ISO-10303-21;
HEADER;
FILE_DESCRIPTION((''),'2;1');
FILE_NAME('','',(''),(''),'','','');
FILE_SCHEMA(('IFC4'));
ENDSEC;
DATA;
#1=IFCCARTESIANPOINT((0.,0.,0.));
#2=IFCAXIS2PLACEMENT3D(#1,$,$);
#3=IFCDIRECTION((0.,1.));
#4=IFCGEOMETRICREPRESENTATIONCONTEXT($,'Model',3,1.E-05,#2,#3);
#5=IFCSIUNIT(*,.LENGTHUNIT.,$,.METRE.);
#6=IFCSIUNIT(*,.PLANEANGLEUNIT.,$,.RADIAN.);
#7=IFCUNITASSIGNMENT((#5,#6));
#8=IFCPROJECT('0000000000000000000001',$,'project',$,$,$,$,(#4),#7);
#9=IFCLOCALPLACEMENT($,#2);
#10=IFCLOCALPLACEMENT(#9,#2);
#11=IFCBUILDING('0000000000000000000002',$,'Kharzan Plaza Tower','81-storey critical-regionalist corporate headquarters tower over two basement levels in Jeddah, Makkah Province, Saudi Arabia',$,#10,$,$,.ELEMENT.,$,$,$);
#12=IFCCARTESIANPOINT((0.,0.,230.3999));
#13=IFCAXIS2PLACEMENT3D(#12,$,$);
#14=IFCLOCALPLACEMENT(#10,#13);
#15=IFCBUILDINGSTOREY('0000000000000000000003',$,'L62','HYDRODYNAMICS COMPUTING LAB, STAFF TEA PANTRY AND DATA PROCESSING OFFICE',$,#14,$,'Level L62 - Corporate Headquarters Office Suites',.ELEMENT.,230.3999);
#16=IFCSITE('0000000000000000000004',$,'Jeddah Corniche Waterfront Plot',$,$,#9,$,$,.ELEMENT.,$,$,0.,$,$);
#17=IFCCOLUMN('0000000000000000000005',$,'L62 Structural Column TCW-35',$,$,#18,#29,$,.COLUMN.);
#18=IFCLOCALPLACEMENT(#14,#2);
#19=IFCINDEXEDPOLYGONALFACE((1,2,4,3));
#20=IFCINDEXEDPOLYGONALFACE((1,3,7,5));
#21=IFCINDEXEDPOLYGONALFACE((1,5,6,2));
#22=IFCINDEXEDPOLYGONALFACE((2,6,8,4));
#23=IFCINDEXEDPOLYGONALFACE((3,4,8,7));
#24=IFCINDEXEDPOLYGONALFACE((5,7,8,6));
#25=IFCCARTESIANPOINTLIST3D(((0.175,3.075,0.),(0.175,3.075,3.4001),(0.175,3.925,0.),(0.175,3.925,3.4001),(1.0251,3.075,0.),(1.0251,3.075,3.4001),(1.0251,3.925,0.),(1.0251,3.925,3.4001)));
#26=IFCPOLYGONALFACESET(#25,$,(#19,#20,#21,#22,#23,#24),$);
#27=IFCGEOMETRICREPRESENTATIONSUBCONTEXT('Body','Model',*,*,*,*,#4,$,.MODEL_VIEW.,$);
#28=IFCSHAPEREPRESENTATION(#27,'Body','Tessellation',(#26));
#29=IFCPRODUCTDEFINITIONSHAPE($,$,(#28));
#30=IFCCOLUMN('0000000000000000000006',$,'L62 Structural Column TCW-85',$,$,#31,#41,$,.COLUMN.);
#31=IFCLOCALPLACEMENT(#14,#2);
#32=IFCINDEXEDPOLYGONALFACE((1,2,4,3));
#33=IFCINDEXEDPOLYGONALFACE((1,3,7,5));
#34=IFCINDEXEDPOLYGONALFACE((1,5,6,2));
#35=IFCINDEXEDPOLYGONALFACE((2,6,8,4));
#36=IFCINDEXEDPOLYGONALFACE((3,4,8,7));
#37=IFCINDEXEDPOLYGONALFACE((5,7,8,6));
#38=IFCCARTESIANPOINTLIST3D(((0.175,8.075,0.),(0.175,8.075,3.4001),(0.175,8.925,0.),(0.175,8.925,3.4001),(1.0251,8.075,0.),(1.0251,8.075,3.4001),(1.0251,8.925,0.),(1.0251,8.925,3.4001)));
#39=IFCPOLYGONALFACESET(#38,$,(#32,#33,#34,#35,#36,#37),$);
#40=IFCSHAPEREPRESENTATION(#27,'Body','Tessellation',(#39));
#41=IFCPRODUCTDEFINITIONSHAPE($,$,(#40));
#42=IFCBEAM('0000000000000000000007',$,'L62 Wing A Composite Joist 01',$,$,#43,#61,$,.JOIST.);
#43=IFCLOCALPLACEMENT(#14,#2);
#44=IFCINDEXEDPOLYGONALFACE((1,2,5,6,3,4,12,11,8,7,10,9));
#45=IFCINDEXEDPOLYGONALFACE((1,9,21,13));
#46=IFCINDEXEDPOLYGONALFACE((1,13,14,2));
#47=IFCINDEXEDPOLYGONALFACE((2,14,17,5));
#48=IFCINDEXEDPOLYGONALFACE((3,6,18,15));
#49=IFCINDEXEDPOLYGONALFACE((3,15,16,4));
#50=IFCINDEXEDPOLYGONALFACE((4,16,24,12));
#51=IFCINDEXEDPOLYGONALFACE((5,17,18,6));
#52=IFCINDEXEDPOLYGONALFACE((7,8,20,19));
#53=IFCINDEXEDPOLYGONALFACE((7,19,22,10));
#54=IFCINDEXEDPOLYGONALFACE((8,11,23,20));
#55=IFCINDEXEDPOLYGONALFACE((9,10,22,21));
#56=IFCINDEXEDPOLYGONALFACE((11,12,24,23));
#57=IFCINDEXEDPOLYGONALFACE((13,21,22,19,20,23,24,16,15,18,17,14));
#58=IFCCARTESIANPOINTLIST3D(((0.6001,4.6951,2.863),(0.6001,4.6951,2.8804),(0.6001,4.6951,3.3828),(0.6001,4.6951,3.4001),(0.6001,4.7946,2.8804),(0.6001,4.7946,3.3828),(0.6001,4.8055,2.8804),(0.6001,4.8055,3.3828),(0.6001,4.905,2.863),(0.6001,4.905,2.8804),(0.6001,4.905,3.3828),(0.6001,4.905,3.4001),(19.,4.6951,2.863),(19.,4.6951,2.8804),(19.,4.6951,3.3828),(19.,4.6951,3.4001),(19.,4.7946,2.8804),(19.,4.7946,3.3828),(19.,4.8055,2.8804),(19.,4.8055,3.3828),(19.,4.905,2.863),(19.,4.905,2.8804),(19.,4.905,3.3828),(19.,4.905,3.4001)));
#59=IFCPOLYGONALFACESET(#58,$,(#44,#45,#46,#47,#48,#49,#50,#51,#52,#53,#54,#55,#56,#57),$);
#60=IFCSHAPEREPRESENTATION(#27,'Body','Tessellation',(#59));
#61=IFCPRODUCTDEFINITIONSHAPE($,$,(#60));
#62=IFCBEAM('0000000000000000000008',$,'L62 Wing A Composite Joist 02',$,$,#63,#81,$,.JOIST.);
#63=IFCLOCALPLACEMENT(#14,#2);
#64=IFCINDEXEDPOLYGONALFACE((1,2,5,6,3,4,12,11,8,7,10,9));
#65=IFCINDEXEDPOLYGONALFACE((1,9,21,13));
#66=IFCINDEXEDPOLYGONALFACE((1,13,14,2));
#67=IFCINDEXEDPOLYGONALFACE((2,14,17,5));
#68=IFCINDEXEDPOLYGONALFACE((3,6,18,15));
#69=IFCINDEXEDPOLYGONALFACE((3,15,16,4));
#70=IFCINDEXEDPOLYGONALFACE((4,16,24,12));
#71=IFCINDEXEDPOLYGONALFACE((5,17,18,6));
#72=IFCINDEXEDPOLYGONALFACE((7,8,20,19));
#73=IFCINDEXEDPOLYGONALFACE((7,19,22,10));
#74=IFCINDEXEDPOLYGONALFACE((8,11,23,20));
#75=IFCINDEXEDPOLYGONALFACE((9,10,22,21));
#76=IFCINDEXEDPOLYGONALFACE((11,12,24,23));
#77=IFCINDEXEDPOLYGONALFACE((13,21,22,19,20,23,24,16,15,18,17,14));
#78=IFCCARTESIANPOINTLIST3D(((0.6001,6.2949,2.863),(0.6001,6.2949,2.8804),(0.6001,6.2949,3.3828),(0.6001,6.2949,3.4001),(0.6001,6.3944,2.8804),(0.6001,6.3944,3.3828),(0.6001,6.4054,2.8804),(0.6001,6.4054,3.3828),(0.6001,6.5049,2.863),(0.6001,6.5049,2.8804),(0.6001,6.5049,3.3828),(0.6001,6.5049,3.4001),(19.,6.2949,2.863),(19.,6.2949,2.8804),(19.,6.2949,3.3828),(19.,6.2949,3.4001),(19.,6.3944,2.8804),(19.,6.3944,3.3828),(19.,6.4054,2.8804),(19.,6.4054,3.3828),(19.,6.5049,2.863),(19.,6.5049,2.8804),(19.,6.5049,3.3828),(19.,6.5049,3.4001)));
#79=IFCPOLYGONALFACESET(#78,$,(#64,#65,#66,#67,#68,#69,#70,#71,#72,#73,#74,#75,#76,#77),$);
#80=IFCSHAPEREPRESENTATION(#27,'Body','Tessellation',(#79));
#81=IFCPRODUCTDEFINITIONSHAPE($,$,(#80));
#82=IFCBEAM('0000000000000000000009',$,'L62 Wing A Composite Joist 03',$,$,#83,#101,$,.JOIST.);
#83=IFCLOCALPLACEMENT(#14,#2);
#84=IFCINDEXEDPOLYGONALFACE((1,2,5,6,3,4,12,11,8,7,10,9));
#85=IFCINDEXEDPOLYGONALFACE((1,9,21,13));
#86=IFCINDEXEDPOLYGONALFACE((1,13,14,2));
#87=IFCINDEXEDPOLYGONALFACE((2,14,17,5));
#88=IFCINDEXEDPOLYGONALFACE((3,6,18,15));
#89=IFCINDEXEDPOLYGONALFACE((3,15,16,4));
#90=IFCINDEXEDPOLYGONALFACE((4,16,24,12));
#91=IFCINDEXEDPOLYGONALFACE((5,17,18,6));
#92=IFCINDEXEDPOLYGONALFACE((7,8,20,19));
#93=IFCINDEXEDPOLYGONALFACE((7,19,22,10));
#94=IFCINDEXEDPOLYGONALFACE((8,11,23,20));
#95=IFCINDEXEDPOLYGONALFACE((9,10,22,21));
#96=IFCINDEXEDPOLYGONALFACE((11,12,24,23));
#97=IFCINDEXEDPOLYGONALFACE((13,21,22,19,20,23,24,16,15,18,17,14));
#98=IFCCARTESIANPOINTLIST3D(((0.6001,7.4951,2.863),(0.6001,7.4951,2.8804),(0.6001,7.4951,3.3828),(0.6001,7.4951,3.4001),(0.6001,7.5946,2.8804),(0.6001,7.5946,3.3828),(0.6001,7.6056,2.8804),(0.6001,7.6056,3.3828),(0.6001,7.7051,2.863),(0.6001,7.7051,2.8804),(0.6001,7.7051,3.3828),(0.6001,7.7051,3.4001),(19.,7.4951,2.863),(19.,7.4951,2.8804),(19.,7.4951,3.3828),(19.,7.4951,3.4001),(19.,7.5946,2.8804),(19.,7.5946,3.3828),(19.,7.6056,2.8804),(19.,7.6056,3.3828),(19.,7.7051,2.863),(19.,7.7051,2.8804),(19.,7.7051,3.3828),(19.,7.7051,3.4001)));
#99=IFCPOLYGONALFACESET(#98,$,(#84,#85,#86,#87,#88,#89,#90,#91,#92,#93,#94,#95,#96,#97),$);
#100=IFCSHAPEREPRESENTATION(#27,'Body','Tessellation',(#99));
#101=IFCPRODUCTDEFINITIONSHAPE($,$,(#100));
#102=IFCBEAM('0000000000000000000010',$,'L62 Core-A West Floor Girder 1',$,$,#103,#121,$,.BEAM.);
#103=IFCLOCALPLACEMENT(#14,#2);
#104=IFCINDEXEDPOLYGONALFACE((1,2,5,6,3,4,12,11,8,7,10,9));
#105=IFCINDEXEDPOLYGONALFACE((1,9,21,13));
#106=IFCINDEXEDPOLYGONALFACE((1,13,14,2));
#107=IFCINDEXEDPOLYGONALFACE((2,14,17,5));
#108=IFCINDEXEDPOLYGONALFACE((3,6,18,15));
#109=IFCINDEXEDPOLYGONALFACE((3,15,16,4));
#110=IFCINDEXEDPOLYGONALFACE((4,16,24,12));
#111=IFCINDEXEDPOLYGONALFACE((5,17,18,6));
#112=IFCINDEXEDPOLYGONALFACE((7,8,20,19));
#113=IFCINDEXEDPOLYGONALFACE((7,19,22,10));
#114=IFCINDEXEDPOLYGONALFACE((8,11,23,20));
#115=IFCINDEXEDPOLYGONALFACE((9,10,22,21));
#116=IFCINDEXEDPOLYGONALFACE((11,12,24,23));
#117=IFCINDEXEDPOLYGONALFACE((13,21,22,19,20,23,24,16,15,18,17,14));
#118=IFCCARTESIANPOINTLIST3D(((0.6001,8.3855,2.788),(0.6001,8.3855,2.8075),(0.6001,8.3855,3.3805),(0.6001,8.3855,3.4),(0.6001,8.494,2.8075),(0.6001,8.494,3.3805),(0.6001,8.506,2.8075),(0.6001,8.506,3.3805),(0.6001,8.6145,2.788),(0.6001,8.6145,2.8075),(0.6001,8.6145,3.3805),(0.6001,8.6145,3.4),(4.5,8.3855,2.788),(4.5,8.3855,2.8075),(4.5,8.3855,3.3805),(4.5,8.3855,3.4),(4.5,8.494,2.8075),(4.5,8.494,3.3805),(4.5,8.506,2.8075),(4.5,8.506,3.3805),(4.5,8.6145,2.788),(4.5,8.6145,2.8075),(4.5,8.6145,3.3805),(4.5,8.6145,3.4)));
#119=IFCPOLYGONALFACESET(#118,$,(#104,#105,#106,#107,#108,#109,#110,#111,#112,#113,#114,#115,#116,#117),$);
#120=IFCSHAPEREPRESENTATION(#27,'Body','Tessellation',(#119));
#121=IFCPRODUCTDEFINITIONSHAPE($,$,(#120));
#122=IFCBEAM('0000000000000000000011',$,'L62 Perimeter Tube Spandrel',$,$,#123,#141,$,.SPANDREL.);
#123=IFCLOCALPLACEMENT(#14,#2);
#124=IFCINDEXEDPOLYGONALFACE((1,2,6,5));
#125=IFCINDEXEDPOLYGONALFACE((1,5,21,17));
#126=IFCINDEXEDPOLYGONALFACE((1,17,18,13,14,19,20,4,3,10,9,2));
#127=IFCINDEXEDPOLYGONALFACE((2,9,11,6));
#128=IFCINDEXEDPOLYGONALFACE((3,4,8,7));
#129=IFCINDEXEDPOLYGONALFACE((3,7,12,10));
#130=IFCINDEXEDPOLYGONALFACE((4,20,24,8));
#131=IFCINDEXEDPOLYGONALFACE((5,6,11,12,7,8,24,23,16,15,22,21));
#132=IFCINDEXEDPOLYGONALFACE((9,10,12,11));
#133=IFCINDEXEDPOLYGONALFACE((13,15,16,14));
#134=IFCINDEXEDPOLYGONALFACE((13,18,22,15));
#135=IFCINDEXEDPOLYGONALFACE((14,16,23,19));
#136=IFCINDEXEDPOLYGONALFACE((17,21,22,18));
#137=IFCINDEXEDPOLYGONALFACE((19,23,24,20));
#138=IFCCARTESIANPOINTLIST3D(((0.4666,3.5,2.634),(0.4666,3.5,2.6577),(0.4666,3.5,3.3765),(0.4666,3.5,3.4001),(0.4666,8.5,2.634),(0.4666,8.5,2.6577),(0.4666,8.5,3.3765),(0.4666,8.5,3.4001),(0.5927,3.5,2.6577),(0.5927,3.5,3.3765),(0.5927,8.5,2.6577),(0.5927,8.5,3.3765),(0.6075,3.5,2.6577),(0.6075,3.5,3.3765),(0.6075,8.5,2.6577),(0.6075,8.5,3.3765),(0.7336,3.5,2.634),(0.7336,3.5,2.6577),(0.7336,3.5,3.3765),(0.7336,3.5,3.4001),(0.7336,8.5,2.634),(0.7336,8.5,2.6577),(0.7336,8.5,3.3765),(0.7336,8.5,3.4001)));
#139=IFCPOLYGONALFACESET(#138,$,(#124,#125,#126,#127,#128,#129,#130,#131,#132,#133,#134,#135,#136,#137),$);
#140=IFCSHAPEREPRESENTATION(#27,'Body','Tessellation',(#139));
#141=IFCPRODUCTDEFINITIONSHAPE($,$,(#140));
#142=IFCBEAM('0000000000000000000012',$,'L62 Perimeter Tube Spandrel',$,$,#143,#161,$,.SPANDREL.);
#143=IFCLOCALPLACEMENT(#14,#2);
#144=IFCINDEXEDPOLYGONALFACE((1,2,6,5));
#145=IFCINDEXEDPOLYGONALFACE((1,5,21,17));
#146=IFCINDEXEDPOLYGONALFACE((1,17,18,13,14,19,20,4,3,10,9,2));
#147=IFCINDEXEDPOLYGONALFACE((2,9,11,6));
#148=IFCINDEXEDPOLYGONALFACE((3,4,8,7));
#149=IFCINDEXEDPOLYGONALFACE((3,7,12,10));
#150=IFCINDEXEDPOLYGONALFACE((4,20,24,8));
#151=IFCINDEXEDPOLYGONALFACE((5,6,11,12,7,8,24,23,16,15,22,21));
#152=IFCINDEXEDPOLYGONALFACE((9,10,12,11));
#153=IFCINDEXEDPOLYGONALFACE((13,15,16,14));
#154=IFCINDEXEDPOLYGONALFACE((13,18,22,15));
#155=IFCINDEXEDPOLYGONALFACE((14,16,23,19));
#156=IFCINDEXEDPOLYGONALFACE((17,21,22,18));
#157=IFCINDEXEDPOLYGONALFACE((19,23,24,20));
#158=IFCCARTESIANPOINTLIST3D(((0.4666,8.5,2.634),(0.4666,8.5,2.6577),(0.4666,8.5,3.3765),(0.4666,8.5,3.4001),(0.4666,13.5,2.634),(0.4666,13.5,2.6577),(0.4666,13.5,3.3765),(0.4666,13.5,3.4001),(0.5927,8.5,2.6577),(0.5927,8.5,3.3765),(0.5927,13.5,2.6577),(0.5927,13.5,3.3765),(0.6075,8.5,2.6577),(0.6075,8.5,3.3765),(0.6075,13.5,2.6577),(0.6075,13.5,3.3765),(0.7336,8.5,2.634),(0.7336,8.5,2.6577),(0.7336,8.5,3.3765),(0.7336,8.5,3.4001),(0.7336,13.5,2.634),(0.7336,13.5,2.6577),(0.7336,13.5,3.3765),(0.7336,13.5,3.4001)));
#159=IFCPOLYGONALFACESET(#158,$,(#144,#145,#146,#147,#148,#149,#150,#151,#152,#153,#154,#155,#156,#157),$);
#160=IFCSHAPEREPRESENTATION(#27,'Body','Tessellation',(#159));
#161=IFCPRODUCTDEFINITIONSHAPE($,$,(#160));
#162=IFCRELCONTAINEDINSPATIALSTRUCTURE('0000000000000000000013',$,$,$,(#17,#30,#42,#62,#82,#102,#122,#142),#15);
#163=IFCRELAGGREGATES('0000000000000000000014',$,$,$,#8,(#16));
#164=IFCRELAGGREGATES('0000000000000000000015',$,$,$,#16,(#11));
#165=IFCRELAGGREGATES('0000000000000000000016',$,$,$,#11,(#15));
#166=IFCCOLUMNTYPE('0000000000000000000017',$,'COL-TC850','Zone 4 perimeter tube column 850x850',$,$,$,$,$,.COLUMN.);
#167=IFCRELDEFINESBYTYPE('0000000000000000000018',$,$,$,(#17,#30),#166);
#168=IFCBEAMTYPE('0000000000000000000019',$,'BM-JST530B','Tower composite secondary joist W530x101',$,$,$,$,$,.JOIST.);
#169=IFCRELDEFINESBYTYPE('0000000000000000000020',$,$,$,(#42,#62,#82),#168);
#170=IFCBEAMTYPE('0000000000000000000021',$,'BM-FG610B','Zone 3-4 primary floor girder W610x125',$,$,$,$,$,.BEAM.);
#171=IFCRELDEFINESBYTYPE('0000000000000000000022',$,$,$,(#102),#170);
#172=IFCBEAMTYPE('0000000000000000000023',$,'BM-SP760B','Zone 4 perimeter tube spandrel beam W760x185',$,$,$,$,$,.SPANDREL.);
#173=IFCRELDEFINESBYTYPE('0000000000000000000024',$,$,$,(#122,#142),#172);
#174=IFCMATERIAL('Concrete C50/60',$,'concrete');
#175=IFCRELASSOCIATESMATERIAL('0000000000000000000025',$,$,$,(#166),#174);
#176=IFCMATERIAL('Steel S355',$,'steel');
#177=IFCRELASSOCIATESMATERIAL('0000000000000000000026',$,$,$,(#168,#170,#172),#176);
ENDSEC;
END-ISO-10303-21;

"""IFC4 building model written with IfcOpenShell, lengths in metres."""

from ifc_helpers import new_model, si_unit, direction, frame, origin, origin_2d, place, context, subcontext, project, spatial, rectangle, i_section, extrude, source, transform, mapped, material, material_profile, profile_set, type_object, element, save


model = new_model("IFC4")

# Units and contexts
model_context = context("Model", 3, precision=1e-05, world=origin(), true_north=direction((0.0, 1.0)))
body_context = subcontext(model_context, "Body", "Model", "MODEL_VIEW")
ifc_project = project(units=[si_unit("LENGTHUNIT", "METRE"), si_unit("PLANEANGLEUNIT", "RADIAN")], contexts=[model_context])

# Site, building, storey
site_placement = place(None, origin())
site = spatial("IfcSite", under=ifc_project, at=site_placement, Name="Jeddah Corniche Waterfront Plot", CompositionType="ELEMENT", RefElevation=0.0)
building_placement = place(site_placement, origin())
building = spatial("IfcBuilding", under=site, at=building_placement, Name="Kharzan Plaza Tower", Description="81-storey critical-regionalist corporate headquarters tower over two basement levels in Jeddah, Makkah Province, Saudi Arabia", CompositionType="ELEMENT")
storey_placement = place(building_placement, frame((0.0, 0.0, 230.3999)))
storey = spatial("IfcBuildingStorey", under=building, at=storey_placement, Name="L62", Description="HYDRODYNAMICS COMPUTING LAB, STAFF TEA PANTRY AND DATA PROCESSING OFFICE", LongName="Level L62 - Corporate Headquarters Office Suites", CompositionType="ELEMENT", Elevation=230.3999)

# Columns
ifc_material_1 = material(Name="Concrete C50/60", Category="concrete")
ifc_material_profile_1 = material_profile(ifc_material_1, rectangle(XDim=0.8501, YDim=0.8501, at=origin_2d()), Name="RC-TC850x850")
ifc_profile_set_1 = profile_set([ifc_material_profile_1], Name="Concrete C50/60")
column_type = type_object("IfcColumnType", Name="COL-TC850", Description="Zone 4 perimeter tube column 850x850", PredefinedType="COLUMN", material=ifc_profile_set_1)
shared_shape_1 = source(origin(), body_context, "Body", "SweptSolid", [
    extrude(rectangle(XDim=0.8501, YDim=0.8501, at=origin_2d()), origin(), (0.0, 0.0, 1.0), 3.4001),
])
for number, where, z_axis, x_axis, name in (
    (1, (0.6001, 3.5, 0.0), (0.0, 0.0, 1.0), (1.0, 0.0, 0.0), "L62 Structural Column TCW-35"),
    (2, (0.6001, 8.5, 0.0), (0.0, 0.0, 1.0), (1.0, 0.0, 0.0), "L62 Structural Column TCW-85"),
):
    element("IfcColumn", number, at=place(storey_placement, frame(where, z_axis=z_axis, x_axis=x_axis)), inside=storey, type_object=column_type, Name=name, PredefinedType="COLUMN", context=body_context, shape_type="MappedRepresentation", body=[
        mapped(shared_shape_1, transform((0.0, 0.0, 0.0), x_axis=(1.0, 0.0, 0.0), y_axis=(0.0, 1.0, 0.0), z_axis=(0.0, 0.0, 1.0))),
    ])

# Beams
ifc_material_2 = material(Name="Steel S355", Category="steel")
ifc_material_profile_2 = material_profile(ifc_material_2, i_section(OverallWidth=0.21, OverallDepth=0.5371, WebThickness=0.011, FlangeThickness=0.0173, at=origin_2d()), Name="W530x101")
ifc_profile_set_2 = profile_set([ifc_material_profile_2], Name="Steel S355")
beam_type_1 = type_object("IfcBeamType", Name="BM-JST530B", Description="Tower composite secondary joist W530x101", PredefinedType="JOIST", material=ifc_profile_set_2)
shared_shape_2 = source(origin(), body_context, "Body", "SweptSolid", [
    extrude(i_section(OverallWidth=0.21, OverallDepth=0.5371, WebThickness=0.011, FlangeThickness=0.0173, at=origin_2d()), origin(), (0.0, 0.0, 1.0), 18.3999),
])
for number, where, z_axis, x_axis, name in (
    (3, (0.6001, 4.8, 3.1316), (1.0, 0.0, 0.0), (0.0, 1.0, 0.0), "L62 Wing A Composite Joist 01"),
    (4, (0.6001, 6.3999, 3.1316), (1.0, 0.0, 0.0), (0.0, 1.0, 0.0), "L62 Wing A Composite Joist 02"),
    (5, (0.6001, 7.6001, 3.1316), (1.0, 0.0, 0.0), (0.0, 1.0, 0.0), "L62 Wing A Composite Joist 03"),
):
    element("IfcBeam", number, at=place(storey_placement, frame(where, z_axis=z_axis, x_axis=x_axis)), inside=storey, type_object=beam_type_1, Name=name, PredefinedType="JOIST", context=body_context, shape_type="MappedRepresentation", body=[
        mapped(shared_shape_2, transform((0.0, 0.0, 0.0), x_axis=(1.0, 0.0, 0.0), y_axis=(0.0, 1.0, 0.0), z_axis=(0.0, 0.0, 1.0))),
    ])
ifc_material_profile_3 = material_profile(ifc_material_2, i_section(OverallWidth=0.229, OverallDepth=0.6121, WebThickness=0.012, FlangeThickness=0.0195, at=origin_2d()), Name="W610x125")
ifc_profile_set_3 = profile_set([ifc_material_profile_3], Name="Steel S355")
beam_type_2 = type_object("IfcBeamType", Name="BM-FG610B", Description="Zone 3-4 primary floor girder W610x125", PredefinedType="BEAM", material=ifc_profile_set_3)
shared_shape_3 = source(origin(), body_context, "Body", "SweptSolid", [
    extrude(i_section(OverallWidth=0.229, OverallDepth=0.6121, WebThickness=0.012, FlangeThickness=0.0195, at=origin_2d()), origin(), (0.0, 0.0, 1.0), 3.8999),
])
beam_placement = place(storey_placement, frame((0.6001, 8.5, 3.094), z_axis=(1.0, 0.0, 0.0), x_axis=(0.0, 1.0, 0.0)))
element("IfcBeam", 6, at=beam_placement, inside=storey, type_object=beam_type_2, Name="L62 Core-A West Floor Girder 1", PredefinedType="BEAM", context=body_context, shape_type="MappedRepresentation", body=[
    mapped(shared_shape_3, transform((0.0, 0.0, 0.0), x_axis=(1.0, 0.0, 0.0), y_axis=(0.0, 1.0, 0.0), z_axis=(0.0, 0.0, 1.0))),
])
ifc_material_profile_4 = material_profile(ifc_material_2, i_section(OverallWidth=0.2671, OverallDepth=0.7661, WebThickness=0.0149, FlangeThickness=0.0237, at=origin_2d()), Name="W760x185")
ifc_profile_set_4 = profile_set([ifc_material_profile_4], Name="Steel S355")
beam_type_3 = type_object("IfcBeamType", Name="BM-SP760B", Description="Zone 4 perimeter tube spandrel beam W760x185", PredefinedType="SPANDREL", material=ifc_profile_set_4)
shared_shape_4 = source(origin(), body_context, "Body", "SweptSolid", [
    extrude(i_section(OverallWidth=0.2671, OverallDepth=0.7661, WebThickness=0.0149, FlangeThickness=0.0237, at=origin_2d()), origin(), (0.0, 0.0, 1.0), 5.0),
])
for number, where, z_axis, x_axis, name in (
    (7, (0.6001, 3.5, 3.0171), (0.0, 1.0, 0.0), (-1.0, 0.0, 0.0), "L62 Perimeter Tube Spandrel"),
    (8, (0.6001, 8.5, 3.0171), (0.0, 1.0, 0.0), (-1.0, 0.0, 0.0), "L62 Perimeter Tube Spandrel"),
):
    element("IfcBeam", number, at=place(storey_placement, frame(where, z_axis=z_axis, x_axis=x_axis)), inside=storey, type_object=beam_type_3, Name=name, PredefinedType="SPANDREL", context=body_context, shape_type="MappedRepresentation", body=[
        mapped(shared_shape_4, transform((0.0, 0.0, 0.0), x_axis=(1.0, 0.0, 0.0), y_axis=(0.0, 1.0, 0.0), z_axis=(0.0, 0.0, 1.0))),
    ])

save(model, "model.ifc")
